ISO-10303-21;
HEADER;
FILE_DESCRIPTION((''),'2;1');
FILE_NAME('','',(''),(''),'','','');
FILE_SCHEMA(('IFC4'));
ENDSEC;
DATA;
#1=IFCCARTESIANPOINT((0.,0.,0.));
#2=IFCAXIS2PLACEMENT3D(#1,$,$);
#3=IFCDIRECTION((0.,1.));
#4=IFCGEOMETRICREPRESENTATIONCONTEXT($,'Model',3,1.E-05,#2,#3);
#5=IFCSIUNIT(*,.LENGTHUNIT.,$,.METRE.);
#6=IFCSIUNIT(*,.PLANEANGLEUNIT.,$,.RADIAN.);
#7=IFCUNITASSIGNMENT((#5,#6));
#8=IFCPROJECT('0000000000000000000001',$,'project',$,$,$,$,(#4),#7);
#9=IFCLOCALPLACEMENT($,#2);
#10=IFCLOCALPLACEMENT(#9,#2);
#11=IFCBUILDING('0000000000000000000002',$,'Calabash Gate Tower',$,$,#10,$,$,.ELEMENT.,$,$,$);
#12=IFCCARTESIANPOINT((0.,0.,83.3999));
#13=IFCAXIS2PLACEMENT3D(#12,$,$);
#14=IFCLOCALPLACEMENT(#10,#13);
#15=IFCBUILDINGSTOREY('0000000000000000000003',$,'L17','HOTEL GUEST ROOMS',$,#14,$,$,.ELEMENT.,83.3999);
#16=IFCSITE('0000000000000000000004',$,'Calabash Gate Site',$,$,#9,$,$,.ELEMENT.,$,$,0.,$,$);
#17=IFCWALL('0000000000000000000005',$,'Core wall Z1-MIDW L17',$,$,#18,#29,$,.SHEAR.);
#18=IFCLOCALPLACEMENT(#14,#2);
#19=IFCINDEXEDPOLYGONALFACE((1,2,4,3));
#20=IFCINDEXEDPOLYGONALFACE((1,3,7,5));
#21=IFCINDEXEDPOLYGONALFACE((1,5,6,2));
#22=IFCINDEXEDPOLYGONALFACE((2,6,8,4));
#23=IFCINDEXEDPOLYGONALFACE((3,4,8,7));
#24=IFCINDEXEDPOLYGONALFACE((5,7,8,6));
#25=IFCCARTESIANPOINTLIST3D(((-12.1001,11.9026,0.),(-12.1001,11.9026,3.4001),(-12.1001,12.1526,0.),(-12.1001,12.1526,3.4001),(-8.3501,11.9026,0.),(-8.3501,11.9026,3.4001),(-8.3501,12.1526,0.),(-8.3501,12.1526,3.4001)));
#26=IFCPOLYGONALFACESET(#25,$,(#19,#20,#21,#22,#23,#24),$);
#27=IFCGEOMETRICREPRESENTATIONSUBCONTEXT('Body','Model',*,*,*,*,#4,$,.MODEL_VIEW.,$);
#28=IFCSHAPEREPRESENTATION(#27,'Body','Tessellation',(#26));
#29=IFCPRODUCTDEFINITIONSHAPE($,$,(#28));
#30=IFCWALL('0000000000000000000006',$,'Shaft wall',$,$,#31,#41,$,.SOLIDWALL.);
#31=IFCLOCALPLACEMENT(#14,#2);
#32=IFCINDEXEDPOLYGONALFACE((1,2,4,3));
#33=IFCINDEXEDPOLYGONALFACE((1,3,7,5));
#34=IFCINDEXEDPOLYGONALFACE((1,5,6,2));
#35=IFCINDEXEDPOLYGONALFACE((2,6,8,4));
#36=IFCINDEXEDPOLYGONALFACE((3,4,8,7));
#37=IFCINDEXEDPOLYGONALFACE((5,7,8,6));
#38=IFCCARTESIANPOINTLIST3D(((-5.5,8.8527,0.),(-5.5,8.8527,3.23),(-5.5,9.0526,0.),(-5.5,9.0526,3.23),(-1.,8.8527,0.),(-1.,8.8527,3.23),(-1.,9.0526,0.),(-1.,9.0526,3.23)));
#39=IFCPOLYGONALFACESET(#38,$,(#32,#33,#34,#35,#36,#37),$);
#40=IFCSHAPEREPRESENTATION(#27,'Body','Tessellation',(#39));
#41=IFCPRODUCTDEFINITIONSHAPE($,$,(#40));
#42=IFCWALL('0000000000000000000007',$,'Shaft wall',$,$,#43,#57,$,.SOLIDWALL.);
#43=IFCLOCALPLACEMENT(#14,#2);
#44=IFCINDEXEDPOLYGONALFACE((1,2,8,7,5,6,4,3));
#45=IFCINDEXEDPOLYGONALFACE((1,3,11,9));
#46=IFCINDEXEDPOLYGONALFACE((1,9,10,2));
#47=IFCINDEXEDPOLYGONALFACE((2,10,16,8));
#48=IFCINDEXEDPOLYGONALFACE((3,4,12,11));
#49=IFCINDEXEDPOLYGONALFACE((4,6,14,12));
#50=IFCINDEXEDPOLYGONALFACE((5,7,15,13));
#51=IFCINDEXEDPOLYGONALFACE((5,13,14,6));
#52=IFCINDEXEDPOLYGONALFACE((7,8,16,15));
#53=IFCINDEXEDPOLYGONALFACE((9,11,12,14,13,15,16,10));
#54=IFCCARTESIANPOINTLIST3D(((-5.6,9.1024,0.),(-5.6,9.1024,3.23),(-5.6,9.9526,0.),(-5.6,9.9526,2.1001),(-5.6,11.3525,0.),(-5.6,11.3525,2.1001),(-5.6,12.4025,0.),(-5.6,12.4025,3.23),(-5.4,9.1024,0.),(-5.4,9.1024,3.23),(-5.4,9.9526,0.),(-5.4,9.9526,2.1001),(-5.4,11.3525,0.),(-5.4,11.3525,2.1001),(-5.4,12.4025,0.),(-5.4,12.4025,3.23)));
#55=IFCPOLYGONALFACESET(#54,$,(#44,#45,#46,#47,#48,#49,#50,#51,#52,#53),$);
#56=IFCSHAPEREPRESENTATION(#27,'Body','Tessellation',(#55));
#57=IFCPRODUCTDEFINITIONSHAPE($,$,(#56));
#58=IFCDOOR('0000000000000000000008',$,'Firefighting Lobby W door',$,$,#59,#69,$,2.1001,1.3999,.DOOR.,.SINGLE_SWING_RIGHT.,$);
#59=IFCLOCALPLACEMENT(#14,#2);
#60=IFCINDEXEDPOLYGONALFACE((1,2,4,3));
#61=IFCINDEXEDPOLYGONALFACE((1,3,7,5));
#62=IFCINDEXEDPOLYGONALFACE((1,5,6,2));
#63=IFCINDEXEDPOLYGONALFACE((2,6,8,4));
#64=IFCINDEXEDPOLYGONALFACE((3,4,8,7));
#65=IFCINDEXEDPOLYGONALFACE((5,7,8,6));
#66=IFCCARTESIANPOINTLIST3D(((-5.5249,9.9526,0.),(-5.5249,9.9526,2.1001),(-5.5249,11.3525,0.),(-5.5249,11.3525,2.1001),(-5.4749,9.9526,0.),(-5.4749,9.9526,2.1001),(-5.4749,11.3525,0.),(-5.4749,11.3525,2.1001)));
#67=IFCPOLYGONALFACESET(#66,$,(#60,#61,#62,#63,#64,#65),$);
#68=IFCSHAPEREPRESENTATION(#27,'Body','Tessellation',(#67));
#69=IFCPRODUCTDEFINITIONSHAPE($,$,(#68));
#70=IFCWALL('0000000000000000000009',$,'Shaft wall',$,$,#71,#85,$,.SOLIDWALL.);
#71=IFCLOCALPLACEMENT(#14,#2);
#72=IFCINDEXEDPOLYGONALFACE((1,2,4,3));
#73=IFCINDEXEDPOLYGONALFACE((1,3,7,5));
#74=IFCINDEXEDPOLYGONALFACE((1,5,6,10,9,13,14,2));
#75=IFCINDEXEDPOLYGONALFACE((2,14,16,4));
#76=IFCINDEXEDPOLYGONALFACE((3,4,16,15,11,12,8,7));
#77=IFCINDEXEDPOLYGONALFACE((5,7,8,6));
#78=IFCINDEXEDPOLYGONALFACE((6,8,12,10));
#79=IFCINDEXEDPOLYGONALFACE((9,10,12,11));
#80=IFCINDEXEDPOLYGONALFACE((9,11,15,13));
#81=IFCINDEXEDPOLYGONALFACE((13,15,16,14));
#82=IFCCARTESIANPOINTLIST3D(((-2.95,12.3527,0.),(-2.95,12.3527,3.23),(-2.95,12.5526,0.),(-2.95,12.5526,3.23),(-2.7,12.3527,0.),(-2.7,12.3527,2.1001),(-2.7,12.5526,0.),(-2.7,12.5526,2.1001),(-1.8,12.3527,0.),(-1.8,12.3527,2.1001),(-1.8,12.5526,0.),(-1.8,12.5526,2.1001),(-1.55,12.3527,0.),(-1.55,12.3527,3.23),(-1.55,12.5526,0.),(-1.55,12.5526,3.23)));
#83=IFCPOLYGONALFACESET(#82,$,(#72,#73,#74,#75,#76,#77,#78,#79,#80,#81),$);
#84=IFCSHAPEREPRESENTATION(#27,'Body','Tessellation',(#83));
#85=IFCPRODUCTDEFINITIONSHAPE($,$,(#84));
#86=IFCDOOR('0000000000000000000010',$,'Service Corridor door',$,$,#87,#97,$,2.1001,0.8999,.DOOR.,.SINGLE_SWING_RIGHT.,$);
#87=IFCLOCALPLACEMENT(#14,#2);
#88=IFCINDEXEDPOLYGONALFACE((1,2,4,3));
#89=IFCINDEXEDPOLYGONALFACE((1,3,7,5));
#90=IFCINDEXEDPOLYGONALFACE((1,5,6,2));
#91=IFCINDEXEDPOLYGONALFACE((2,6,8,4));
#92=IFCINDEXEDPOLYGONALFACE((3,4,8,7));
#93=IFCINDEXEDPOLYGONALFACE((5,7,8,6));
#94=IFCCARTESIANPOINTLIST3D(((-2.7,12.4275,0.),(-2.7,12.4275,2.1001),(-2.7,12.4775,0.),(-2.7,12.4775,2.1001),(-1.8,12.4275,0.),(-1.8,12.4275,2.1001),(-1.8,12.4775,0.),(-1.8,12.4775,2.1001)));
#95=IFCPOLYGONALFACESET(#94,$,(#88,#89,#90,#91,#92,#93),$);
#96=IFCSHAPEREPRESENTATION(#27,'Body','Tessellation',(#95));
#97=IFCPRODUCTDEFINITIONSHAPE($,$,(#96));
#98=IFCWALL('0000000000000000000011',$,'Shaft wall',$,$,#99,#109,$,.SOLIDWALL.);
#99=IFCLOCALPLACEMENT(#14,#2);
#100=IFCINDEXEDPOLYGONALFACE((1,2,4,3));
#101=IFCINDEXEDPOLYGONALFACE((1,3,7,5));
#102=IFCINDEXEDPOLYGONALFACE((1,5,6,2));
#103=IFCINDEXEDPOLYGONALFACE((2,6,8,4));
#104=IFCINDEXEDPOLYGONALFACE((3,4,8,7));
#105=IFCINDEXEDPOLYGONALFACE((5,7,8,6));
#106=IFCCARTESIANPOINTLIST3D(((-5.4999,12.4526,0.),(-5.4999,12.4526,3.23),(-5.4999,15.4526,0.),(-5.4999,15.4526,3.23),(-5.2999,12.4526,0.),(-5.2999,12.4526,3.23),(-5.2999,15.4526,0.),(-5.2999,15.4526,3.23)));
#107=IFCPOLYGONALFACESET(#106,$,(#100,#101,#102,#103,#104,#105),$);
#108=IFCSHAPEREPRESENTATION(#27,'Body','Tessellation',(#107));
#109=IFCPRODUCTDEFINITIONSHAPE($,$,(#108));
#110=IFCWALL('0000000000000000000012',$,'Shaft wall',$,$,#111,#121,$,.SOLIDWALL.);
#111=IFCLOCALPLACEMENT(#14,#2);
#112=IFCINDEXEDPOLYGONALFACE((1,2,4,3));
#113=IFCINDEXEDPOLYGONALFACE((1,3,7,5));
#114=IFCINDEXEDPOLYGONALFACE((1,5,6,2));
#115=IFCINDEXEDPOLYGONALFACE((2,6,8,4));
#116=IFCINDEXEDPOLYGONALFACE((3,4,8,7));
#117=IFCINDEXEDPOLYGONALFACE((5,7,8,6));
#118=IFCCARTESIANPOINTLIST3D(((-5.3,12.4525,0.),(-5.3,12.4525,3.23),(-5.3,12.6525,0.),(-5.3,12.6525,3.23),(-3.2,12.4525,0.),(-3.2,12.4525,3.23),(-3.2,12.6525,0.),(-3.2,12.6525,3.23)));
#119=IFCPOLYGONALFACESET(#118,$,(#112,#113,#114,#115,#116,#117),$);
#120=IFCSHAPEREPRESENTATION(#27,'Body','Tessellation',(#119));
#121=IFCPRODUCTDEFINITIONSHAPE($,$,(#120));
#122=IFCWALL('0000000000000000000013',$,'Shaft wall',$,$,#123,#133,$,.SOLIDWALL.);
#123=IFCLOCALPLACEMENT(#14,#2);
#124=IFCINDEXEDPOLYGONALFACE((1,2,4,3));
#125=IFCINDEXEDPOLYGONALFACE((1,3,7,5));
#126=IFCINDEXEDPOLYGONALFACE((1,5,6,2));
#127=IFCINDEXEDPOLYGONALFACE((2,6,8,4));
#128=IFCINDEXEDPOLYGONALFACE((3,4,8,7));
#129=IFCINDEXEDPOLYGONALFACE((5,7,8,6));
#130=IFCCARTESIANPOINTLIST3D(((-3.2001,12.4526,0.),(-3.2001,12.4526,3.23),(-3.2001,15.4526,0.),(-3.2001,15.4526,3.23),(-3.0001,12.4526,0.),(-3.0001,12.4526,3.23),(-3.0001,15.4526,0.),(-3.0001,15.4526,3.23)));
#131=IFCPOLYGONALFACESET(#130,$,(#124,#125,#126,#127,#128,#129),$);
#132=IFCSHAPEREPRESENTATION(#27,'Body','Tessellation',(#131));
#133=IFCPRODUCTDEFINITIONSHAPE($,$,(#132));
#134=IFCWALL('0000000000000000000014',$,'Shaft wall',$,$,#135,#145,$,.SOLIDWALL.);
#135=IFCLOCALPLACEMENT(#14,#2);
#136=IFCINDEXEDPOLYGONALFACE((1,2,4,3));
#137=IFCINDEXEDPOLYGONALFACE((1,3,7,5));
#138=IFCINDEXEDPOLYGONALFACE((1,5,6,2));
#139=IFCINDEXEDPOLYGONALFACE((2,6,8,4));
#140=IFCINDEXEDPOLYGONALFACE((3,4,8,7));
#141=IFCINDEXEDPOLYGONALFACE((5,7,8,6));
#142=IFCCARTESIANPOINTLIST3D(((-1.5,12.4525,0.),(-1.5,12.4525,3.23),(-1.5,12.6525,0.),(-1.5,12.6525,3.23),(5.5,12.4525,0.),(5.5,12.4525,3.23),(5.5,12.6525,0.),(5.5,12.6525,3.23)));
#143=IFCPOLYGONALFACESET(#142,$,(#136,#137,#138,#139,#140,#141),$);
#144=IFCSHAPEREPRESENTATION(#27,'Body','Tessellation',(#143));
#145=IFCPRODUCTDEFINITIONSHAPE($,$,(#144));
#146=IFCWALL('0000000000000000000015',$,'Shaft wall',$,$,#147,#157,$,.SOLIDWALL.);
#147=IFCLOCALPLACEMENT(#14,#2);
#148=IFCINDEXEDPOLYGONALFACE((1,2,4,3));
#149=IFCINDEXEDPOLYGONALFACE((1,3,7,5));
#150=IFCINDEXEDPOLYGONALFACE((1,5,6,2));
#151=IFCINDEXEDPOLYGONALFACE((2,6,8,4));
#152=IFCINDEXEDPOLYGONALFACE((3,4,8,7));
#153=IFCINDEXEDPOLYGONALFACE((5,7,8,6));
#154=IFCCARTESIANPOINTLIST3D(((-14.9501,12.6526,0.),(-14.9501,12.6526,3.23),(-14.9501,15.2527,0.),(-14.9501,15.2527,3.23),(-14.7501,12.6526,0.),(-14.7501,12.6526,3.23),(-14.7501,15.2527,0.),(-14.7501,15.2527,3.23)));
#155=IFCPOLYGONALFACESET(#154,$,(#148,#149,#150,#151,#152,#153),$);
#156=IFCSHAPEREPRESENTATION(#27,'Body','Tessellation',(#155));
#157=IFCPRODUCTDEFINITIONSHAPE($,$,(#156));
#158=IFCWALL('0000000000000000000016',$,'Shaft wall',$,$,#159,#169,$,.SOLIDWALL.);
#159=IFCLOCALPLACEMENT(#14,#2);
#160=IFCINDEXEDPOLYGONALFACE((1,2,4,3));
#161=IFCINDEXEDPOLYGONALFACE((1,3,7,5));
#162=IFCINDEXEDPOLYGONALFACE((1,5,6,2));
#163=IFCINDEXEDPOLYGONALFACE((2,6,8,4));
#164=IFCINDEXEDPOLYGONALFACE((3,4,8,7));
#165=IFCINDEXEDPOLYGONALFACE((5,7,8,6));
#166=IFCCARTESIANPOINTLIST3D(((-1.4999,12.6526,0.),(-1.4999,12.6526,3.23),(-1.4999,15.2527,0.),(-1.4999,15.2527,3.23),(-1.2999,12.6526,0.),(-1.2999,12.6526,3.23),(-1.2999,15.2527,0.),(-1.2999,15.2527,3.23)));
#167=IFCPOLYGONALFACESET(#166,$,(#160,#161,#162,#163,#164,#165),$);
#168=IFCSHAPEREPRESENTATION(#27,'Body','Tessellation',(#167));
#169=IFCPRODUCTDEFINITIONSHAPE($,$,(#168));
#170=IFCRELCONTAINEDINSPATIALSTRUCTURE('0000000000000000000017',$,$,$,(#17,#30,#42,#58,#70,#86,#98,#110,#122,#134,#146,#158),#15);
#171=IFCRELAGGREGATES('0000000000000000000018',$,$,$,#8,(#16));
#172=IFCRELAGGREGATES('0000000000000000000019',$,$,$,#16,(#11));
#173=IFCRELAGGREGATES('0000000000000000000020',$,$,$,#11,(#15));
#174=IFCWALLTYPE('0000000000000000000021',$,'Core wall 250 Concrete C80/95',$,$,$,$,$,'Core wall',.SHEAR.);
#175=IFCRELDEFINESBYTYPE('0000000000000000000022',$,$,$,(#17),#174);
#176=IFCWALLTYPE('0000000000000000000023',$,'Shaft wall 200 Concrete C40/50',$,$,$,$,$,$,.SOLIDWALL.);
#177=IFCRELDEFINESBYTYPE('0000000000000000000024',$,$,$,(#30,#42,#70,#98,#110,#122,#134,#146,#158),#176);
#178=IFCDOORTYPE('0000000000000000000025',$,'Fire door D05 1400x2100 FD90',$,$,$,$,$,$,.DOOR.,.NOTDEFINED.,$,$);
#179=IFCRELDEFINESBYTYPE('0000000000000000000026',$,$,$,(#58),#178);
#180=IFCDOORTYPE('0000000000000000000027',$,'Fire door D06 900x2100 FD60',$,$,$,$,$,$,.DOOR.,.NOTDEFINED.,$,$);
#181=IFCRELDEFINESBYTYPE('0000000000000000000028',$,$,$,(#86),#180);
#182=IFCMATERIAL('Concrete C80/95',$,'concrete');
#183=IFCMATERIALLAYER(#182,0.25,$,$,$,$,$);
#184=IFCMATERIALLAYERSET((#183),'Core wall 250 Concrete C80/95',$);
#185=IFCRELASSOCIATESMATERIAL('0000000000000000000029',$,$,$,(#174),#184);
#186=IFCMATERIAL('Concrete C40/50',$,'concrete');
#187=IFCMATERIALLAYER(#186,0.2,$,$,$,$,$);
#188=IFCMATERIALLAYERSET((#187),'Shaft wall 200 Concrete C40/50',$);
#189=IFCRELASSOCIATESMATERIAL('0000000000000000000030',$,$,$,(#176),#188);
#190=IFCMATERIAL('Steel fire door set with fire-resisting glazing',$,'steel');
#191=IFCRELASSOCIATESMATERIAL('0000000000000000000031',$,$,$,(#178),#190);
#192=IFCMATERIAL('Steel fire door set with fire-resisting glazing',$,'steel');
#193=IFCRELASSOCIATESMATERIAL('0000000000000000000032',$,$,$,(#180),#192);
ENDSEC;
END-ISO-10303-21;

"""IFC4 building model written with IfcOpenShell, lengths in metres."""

from ifc_helpers import new_model, si_unit, direction, frame, frame_2d, origin, place, context, subcontext, project, spatial, rectangle, extrude, material, layer, layer_set, type_object, element, fill, save


model = new_model("IFC4")

# Units and contexts
model_context = context("Model", 3, precision=1e-05, world=origin(), true_north=direction((0.0, 1.0)))
body_context = subcontext(model_context, "Body", "Model", "MODEL_VIEW")
ifc_project = project(units=[si_unit("LENGTHUNIT", "METRE"), si_unit("PLANEANGLEUNIT", "RADIAN")], contexts=[model_context])

# Site, building, storey
site_placement = place(None, origin())
site = spatial("IfcSite", under=ifc_project, at=site_placement, Name="Calabash Gate Site", CompositionType="ELEMENT", RefElevation=0.0)
building_placement = place(site_placement, origin())
building = spatial("IfcBuilding", under=site, at=building_placement, Name="Calabash Gate Tower", CompositionType="ELEMENT")
storey_placement = place(building_placement, frame((0.0, 0.0, 83.3999)))
storey = spatial("IfcBuildingStorey", under=building, at=storey_placement, Name="L17", Description="HOTEL GUEST ROOMS", CompositionType="ELEMENT", Elevation=83.3999)

# Walls
ifc_material_1 = material(Name="Concrete C80/95", Category="concrete")
ifc_layer_1 = layer(ifc_material_1, 0.25)
ifc_layer_set_1 = layer_set([ifc_layer_1], Name="Core wall 250 Concrete C80/95")
wall_type_1 = type_object("IfcWallType", Name="Core wall 250 Concrete C80/95", ElementType="Core wall", PredefinedType="SHEAR", material=ifc_layer_set_1)
wall_1_placement = place(storey_placement, frame((-12.1001, 12.0276, 0.0), z_axis=(0.0, 0.0, 1.0), x_axis=(1.0, 0.0, 0.0)))
element("IfcWall", 1, at=wall_1_placement, inside=storey, type_object=wall_type_1, Name="Core wall Z1-MIDW L17", PredefinedType="SHEAR", context=body_context, shape_type="SweptSolid", body=[
    extrude(rectangle(XDim=3.75, YDim=0.25, at=frame_2d((1.875, 0.0))), origin(), (0.0, 0.0, 1.0), 3.4001),
])
ifc_material_2 = material(Name="Concrete C40/50", Category="concrete")
ifc_layer_2 = layer(ifc_material_2, 0.2)
ifc_layer_set_2 = layer_set([ifc_layer_2], Name="Shaft wall 200 Concrete C40/50")
wall_type_2 = type_object("IfcWallType", Name="Shaft wall 200 Concrete C40/50", PredefinedType="SOLIDWALL", material=ifc_layer_set_2)
wall_2_placement = place(storey_placement, frame((-5.5, 8.9526, 0.0), z_axis=(0.0, 0.0, 1.0), x_axis=(1.0, 0.0, 0.0)))
element("IfcWall", 2, at=wall_2_placement, inside=storey, type_object=wall_type_2, Name="Shaft wall", PredefinedType="SOLIDWALL", context=body_context, shape_type="SweptSolid", body=[
    extrude(rectangle(XDim=4.5, YDim=0.2, at=frame_2d((2.25, 0.0))), origin(), (0.0, 0.0, 1.0), 3.23),
])

# Walls, openings, doors
wall_3_placement = place(storey_placement, frame((-5.5, 9.1025, 0.0), z_axis=(0.0, 0.0, 1.0), x_axis=(0.0, 1.0, 0.0)))
wall_3 = element("IfcWall", 3, at=wall_3_placement, inside=storey, type_object=wall_type_2, Name="Shaft wall", PredefinedType="SOLIDWALL", context=body_context, shape_type="SweptSolid", body=[
    extrude(rectangle(XDim=3.3, YDim=0.2, at=frame_2d((1.6499, 0.0))), origin(), (0.0, 0.0, 1.0), 3.23),
])
opening_1_placement = place(wall_3_placement, frame((0.8501, 0.0, 0.0)))
opening_1 = element("IfcOpeningElement", 4, at=opening_1_placement, cuts=wall_3, PredefinedType="OPENING", context=body_context, shape_type="SweptSolid", body=[
    extrude(rectangle(XDim=1.3999, YDim=2.1001, at=frame_2d((0.7, 1.05))), frame((0.0, 0.1099, 0.0), z_axis=(0.0, -1.0, 0.0), x_axis=(1.0, 0.0, 0.0)), (0.0, 0.0, 1.0), 0.22),
])
ifc_material_3 = material(Name="Steel fire door set with fire-resisting glazing", Category="steel")
door_type_1 = type_object("IfcDoorType", Name="Fire door D05 1400x2100 FD90", OperationType="NOTDEFINED", PredefinedType="DOOR", material=ifc_material_3)
door_1_placement = place(opening_1_placement, origin())
door_1 = element("IfcDoor", 5, at=door_1_placement, inside=storey, type_object=door_type_1, Name="Firefighting Lobby W door", OperationType="SINGLE_SWING_RIGHT", OverallHeight=2.1001, OverallWidth=1.3999, PredefinedType="DOOR", context=body_context, shape_type="SweptSolid", body=[
    extrude(rectangle(XDim=1.3999, YDim=2.1001, at=frame_2d((0.7, 1.05))), frame((0.0, 0.0249, 0.0), z_axis=(0.0, -1.0, 0.0), x_axis=(1.0, 0.0, 0.0)), (0.0, 0.0, 1.0), 0.05),
])
fill(opening_1, door_1)
wall_4_placement = place(storey_placement, frame((-2.95, 12.4526, 0.0), z_axis=(0.0, 0.0, 1.0), x_axis=(1.0, 0.0, 0.0)))
wall_4 = element("IfcWall", 6, at=wall_4_placement, inside=storey, type_object=wall_type_2, Name="Shaft wall", PredefinedType="SOLIDWALL", context=body_context, shape_type="SweptSolid", body=[
    extrude(rectangle(XDim=1.3999, YDim=0.2, at=frame_2d((0.7, 0.0))), origin(), (0.0, 0.0, 1.0), 3.23),
])
opening_2_placement = place(wall_4_placement, frame((0.25, 0.0, 0.0)))
opening_2 = element("IfcOpeningElement", 7, at=opening_2_placement, cuts=wall_4, PredefinedType="OPENING", context=body_context, shape_type="SweptSolid", body=[
    extrude(rectangle(XDim=0.8999, YDim=2.1001, at=frame_2d((0.45, 1.05))), frame((0.0, 0.1099, 0.0), z_axis=(0.0, -1.0, 0.0), x_axis=(1.0, 0.0, 0.0)), (0.0, 0.0, 1.0), 0.22),
])
ifc_material_4 = material(Name="Steel fire door set with fire-resisting glazing", Category="steel")
door_type_2 = type_object("IfcDoorType", Name="Fire door D06 900x2100 FD60", OperationType="NOTDEFINED", PredefinedType="DOOR", material=ifc_material_4)
door_2_placement = place(opening_2_placement, origin())
door_2 = element("IfcDoor", 8, at=door_2_placement, inside=storey, type_object=door_type_2, Name="Service Corridor door", OperationType="SINGLE_SWING_RIGHT", OverallHeight=2.1001, OverallWidth=0.8999, PredefinedType="DOOR", context=body_context, shape_type="SweptSolid", body=[
    extrude(rectangle(XDim=0.8999, YDim=2.1001, at=frame_2d((0.45, 1.05))), frame((0.0, 0.0249, 0.0), z_axis=(0.0, -1.0, 0.0), x_axis=(1.0, 0.0, 0.0)), (0.0, 0.0, 1.0), 0.05),
])
fill(opening_2, door_2)

# Walls
wall_5_placement = place(storey_placement, frame((-5.3999, 12.4526, 0.0), z_axis=(0.0, 0.0, 1.0), x_axis=(0.0, 1.0, 0.0)))
element("IfcWall", 9, at=wall_5_placement, inside=storey, type_object=wall_type_2, Name="Shaft wall", PredefinedType="SOLIDWALL", context=body_context, shape_type="SweptSolid", body=[
    extrude(rectangle(XDim=3.0, YDim=0.2, at=frame_2d((1.5, 0.0))), origin(), (0.0, 0.0, 1.0), 3.23),
])
wall_6_placement = place(storey_placement, frame((-5.3, 12.5525, 0.0), z_axis=(0.0, 0.0, 1.0), x_axis=(1.0, 0.0, 0.0)))
element("IfcWall", 10, at=wall_6_placement, inside=storey, type_object=wall_type_2, Name="Shaft wall", PredefinedType="SOLIDWALL", context=body_context, shape_type="SweptSolid", body=[
    extrude(rectangle(XDim=2.1001, YDim=0.2, at=frame_2d((1.05, 0.0))), origin(), (0.0, 0.0, 1.0), 3.23),
])
wall_7_placement = place(storey_placement, frame((-3.1001, 12.4526, 0.0), z_axis=(0.0, 0.0, 1.0), x_axis=(0.0, 1.0, 0.0)))
element("IfcWall", 11, at=wall_7_placement, inside=storey, type_object=wall_type_2, Name="Shaft wall", PredefinedType="SOLIDWALL", context=body_context, shape_type="SweptSolid", body=[
    extrude(rectangle(XDim=3.0, YDim=0.2, at=frame_2d((1.5, 0.0))), origin(), (0.0, 0.0, 1.0), 3.23),
])
wall_8_placement = place(storey_placement, frame((-1.5, 12.5525, 0.0), z_axis=(0.0, 0.0, 1.0), x_axis=(1.0, 0.0, 0.0)))
element("IfcWall", 12, at=wall_8_placement, inside=storey, type_object=wall_type_2, Name="Shaft wall", PredefinedType="SOLIDWALL", context=body_context, shape_type="SweptSolid", body=[
    extrude(rectangle(XDim=7.0, YDim=0.2, at=frame_2d((3.5, 0.0))), origin(), (0.0, 0.0, 1.0), 3.23),
])
for number, where, z_axis, x_axis, name in (
    (13, (-14.8501, 12.6526, 0.0), (0.0, 0.0, 1.0), (0.0, 1.0, 0.0), "Shaft wall"),
    (14, (-1.3999, 12.6526, 0.0), (0.0, 0.0, 1.0), (0.0, 1.0, 0.0), "Shaft wall"),
):
    element("IfcWall", number, at=place(storey_placement, frame(where, z_axis=z_axis, x_axis=x_axis)), inside=storey, type_object=wall_type_2, Name=name, PredefinedType="SOLIDWALL", context=body_context, shape_type="SweptSolid", body=[
        extrude(rectangle(XDim=2.6001, YDim=0.2, at=frame_2d((1.3, 0.0))), origin(), (0.0, 0.0, 1.0), 3.23),
    ])

save(model, "model.ifc")
